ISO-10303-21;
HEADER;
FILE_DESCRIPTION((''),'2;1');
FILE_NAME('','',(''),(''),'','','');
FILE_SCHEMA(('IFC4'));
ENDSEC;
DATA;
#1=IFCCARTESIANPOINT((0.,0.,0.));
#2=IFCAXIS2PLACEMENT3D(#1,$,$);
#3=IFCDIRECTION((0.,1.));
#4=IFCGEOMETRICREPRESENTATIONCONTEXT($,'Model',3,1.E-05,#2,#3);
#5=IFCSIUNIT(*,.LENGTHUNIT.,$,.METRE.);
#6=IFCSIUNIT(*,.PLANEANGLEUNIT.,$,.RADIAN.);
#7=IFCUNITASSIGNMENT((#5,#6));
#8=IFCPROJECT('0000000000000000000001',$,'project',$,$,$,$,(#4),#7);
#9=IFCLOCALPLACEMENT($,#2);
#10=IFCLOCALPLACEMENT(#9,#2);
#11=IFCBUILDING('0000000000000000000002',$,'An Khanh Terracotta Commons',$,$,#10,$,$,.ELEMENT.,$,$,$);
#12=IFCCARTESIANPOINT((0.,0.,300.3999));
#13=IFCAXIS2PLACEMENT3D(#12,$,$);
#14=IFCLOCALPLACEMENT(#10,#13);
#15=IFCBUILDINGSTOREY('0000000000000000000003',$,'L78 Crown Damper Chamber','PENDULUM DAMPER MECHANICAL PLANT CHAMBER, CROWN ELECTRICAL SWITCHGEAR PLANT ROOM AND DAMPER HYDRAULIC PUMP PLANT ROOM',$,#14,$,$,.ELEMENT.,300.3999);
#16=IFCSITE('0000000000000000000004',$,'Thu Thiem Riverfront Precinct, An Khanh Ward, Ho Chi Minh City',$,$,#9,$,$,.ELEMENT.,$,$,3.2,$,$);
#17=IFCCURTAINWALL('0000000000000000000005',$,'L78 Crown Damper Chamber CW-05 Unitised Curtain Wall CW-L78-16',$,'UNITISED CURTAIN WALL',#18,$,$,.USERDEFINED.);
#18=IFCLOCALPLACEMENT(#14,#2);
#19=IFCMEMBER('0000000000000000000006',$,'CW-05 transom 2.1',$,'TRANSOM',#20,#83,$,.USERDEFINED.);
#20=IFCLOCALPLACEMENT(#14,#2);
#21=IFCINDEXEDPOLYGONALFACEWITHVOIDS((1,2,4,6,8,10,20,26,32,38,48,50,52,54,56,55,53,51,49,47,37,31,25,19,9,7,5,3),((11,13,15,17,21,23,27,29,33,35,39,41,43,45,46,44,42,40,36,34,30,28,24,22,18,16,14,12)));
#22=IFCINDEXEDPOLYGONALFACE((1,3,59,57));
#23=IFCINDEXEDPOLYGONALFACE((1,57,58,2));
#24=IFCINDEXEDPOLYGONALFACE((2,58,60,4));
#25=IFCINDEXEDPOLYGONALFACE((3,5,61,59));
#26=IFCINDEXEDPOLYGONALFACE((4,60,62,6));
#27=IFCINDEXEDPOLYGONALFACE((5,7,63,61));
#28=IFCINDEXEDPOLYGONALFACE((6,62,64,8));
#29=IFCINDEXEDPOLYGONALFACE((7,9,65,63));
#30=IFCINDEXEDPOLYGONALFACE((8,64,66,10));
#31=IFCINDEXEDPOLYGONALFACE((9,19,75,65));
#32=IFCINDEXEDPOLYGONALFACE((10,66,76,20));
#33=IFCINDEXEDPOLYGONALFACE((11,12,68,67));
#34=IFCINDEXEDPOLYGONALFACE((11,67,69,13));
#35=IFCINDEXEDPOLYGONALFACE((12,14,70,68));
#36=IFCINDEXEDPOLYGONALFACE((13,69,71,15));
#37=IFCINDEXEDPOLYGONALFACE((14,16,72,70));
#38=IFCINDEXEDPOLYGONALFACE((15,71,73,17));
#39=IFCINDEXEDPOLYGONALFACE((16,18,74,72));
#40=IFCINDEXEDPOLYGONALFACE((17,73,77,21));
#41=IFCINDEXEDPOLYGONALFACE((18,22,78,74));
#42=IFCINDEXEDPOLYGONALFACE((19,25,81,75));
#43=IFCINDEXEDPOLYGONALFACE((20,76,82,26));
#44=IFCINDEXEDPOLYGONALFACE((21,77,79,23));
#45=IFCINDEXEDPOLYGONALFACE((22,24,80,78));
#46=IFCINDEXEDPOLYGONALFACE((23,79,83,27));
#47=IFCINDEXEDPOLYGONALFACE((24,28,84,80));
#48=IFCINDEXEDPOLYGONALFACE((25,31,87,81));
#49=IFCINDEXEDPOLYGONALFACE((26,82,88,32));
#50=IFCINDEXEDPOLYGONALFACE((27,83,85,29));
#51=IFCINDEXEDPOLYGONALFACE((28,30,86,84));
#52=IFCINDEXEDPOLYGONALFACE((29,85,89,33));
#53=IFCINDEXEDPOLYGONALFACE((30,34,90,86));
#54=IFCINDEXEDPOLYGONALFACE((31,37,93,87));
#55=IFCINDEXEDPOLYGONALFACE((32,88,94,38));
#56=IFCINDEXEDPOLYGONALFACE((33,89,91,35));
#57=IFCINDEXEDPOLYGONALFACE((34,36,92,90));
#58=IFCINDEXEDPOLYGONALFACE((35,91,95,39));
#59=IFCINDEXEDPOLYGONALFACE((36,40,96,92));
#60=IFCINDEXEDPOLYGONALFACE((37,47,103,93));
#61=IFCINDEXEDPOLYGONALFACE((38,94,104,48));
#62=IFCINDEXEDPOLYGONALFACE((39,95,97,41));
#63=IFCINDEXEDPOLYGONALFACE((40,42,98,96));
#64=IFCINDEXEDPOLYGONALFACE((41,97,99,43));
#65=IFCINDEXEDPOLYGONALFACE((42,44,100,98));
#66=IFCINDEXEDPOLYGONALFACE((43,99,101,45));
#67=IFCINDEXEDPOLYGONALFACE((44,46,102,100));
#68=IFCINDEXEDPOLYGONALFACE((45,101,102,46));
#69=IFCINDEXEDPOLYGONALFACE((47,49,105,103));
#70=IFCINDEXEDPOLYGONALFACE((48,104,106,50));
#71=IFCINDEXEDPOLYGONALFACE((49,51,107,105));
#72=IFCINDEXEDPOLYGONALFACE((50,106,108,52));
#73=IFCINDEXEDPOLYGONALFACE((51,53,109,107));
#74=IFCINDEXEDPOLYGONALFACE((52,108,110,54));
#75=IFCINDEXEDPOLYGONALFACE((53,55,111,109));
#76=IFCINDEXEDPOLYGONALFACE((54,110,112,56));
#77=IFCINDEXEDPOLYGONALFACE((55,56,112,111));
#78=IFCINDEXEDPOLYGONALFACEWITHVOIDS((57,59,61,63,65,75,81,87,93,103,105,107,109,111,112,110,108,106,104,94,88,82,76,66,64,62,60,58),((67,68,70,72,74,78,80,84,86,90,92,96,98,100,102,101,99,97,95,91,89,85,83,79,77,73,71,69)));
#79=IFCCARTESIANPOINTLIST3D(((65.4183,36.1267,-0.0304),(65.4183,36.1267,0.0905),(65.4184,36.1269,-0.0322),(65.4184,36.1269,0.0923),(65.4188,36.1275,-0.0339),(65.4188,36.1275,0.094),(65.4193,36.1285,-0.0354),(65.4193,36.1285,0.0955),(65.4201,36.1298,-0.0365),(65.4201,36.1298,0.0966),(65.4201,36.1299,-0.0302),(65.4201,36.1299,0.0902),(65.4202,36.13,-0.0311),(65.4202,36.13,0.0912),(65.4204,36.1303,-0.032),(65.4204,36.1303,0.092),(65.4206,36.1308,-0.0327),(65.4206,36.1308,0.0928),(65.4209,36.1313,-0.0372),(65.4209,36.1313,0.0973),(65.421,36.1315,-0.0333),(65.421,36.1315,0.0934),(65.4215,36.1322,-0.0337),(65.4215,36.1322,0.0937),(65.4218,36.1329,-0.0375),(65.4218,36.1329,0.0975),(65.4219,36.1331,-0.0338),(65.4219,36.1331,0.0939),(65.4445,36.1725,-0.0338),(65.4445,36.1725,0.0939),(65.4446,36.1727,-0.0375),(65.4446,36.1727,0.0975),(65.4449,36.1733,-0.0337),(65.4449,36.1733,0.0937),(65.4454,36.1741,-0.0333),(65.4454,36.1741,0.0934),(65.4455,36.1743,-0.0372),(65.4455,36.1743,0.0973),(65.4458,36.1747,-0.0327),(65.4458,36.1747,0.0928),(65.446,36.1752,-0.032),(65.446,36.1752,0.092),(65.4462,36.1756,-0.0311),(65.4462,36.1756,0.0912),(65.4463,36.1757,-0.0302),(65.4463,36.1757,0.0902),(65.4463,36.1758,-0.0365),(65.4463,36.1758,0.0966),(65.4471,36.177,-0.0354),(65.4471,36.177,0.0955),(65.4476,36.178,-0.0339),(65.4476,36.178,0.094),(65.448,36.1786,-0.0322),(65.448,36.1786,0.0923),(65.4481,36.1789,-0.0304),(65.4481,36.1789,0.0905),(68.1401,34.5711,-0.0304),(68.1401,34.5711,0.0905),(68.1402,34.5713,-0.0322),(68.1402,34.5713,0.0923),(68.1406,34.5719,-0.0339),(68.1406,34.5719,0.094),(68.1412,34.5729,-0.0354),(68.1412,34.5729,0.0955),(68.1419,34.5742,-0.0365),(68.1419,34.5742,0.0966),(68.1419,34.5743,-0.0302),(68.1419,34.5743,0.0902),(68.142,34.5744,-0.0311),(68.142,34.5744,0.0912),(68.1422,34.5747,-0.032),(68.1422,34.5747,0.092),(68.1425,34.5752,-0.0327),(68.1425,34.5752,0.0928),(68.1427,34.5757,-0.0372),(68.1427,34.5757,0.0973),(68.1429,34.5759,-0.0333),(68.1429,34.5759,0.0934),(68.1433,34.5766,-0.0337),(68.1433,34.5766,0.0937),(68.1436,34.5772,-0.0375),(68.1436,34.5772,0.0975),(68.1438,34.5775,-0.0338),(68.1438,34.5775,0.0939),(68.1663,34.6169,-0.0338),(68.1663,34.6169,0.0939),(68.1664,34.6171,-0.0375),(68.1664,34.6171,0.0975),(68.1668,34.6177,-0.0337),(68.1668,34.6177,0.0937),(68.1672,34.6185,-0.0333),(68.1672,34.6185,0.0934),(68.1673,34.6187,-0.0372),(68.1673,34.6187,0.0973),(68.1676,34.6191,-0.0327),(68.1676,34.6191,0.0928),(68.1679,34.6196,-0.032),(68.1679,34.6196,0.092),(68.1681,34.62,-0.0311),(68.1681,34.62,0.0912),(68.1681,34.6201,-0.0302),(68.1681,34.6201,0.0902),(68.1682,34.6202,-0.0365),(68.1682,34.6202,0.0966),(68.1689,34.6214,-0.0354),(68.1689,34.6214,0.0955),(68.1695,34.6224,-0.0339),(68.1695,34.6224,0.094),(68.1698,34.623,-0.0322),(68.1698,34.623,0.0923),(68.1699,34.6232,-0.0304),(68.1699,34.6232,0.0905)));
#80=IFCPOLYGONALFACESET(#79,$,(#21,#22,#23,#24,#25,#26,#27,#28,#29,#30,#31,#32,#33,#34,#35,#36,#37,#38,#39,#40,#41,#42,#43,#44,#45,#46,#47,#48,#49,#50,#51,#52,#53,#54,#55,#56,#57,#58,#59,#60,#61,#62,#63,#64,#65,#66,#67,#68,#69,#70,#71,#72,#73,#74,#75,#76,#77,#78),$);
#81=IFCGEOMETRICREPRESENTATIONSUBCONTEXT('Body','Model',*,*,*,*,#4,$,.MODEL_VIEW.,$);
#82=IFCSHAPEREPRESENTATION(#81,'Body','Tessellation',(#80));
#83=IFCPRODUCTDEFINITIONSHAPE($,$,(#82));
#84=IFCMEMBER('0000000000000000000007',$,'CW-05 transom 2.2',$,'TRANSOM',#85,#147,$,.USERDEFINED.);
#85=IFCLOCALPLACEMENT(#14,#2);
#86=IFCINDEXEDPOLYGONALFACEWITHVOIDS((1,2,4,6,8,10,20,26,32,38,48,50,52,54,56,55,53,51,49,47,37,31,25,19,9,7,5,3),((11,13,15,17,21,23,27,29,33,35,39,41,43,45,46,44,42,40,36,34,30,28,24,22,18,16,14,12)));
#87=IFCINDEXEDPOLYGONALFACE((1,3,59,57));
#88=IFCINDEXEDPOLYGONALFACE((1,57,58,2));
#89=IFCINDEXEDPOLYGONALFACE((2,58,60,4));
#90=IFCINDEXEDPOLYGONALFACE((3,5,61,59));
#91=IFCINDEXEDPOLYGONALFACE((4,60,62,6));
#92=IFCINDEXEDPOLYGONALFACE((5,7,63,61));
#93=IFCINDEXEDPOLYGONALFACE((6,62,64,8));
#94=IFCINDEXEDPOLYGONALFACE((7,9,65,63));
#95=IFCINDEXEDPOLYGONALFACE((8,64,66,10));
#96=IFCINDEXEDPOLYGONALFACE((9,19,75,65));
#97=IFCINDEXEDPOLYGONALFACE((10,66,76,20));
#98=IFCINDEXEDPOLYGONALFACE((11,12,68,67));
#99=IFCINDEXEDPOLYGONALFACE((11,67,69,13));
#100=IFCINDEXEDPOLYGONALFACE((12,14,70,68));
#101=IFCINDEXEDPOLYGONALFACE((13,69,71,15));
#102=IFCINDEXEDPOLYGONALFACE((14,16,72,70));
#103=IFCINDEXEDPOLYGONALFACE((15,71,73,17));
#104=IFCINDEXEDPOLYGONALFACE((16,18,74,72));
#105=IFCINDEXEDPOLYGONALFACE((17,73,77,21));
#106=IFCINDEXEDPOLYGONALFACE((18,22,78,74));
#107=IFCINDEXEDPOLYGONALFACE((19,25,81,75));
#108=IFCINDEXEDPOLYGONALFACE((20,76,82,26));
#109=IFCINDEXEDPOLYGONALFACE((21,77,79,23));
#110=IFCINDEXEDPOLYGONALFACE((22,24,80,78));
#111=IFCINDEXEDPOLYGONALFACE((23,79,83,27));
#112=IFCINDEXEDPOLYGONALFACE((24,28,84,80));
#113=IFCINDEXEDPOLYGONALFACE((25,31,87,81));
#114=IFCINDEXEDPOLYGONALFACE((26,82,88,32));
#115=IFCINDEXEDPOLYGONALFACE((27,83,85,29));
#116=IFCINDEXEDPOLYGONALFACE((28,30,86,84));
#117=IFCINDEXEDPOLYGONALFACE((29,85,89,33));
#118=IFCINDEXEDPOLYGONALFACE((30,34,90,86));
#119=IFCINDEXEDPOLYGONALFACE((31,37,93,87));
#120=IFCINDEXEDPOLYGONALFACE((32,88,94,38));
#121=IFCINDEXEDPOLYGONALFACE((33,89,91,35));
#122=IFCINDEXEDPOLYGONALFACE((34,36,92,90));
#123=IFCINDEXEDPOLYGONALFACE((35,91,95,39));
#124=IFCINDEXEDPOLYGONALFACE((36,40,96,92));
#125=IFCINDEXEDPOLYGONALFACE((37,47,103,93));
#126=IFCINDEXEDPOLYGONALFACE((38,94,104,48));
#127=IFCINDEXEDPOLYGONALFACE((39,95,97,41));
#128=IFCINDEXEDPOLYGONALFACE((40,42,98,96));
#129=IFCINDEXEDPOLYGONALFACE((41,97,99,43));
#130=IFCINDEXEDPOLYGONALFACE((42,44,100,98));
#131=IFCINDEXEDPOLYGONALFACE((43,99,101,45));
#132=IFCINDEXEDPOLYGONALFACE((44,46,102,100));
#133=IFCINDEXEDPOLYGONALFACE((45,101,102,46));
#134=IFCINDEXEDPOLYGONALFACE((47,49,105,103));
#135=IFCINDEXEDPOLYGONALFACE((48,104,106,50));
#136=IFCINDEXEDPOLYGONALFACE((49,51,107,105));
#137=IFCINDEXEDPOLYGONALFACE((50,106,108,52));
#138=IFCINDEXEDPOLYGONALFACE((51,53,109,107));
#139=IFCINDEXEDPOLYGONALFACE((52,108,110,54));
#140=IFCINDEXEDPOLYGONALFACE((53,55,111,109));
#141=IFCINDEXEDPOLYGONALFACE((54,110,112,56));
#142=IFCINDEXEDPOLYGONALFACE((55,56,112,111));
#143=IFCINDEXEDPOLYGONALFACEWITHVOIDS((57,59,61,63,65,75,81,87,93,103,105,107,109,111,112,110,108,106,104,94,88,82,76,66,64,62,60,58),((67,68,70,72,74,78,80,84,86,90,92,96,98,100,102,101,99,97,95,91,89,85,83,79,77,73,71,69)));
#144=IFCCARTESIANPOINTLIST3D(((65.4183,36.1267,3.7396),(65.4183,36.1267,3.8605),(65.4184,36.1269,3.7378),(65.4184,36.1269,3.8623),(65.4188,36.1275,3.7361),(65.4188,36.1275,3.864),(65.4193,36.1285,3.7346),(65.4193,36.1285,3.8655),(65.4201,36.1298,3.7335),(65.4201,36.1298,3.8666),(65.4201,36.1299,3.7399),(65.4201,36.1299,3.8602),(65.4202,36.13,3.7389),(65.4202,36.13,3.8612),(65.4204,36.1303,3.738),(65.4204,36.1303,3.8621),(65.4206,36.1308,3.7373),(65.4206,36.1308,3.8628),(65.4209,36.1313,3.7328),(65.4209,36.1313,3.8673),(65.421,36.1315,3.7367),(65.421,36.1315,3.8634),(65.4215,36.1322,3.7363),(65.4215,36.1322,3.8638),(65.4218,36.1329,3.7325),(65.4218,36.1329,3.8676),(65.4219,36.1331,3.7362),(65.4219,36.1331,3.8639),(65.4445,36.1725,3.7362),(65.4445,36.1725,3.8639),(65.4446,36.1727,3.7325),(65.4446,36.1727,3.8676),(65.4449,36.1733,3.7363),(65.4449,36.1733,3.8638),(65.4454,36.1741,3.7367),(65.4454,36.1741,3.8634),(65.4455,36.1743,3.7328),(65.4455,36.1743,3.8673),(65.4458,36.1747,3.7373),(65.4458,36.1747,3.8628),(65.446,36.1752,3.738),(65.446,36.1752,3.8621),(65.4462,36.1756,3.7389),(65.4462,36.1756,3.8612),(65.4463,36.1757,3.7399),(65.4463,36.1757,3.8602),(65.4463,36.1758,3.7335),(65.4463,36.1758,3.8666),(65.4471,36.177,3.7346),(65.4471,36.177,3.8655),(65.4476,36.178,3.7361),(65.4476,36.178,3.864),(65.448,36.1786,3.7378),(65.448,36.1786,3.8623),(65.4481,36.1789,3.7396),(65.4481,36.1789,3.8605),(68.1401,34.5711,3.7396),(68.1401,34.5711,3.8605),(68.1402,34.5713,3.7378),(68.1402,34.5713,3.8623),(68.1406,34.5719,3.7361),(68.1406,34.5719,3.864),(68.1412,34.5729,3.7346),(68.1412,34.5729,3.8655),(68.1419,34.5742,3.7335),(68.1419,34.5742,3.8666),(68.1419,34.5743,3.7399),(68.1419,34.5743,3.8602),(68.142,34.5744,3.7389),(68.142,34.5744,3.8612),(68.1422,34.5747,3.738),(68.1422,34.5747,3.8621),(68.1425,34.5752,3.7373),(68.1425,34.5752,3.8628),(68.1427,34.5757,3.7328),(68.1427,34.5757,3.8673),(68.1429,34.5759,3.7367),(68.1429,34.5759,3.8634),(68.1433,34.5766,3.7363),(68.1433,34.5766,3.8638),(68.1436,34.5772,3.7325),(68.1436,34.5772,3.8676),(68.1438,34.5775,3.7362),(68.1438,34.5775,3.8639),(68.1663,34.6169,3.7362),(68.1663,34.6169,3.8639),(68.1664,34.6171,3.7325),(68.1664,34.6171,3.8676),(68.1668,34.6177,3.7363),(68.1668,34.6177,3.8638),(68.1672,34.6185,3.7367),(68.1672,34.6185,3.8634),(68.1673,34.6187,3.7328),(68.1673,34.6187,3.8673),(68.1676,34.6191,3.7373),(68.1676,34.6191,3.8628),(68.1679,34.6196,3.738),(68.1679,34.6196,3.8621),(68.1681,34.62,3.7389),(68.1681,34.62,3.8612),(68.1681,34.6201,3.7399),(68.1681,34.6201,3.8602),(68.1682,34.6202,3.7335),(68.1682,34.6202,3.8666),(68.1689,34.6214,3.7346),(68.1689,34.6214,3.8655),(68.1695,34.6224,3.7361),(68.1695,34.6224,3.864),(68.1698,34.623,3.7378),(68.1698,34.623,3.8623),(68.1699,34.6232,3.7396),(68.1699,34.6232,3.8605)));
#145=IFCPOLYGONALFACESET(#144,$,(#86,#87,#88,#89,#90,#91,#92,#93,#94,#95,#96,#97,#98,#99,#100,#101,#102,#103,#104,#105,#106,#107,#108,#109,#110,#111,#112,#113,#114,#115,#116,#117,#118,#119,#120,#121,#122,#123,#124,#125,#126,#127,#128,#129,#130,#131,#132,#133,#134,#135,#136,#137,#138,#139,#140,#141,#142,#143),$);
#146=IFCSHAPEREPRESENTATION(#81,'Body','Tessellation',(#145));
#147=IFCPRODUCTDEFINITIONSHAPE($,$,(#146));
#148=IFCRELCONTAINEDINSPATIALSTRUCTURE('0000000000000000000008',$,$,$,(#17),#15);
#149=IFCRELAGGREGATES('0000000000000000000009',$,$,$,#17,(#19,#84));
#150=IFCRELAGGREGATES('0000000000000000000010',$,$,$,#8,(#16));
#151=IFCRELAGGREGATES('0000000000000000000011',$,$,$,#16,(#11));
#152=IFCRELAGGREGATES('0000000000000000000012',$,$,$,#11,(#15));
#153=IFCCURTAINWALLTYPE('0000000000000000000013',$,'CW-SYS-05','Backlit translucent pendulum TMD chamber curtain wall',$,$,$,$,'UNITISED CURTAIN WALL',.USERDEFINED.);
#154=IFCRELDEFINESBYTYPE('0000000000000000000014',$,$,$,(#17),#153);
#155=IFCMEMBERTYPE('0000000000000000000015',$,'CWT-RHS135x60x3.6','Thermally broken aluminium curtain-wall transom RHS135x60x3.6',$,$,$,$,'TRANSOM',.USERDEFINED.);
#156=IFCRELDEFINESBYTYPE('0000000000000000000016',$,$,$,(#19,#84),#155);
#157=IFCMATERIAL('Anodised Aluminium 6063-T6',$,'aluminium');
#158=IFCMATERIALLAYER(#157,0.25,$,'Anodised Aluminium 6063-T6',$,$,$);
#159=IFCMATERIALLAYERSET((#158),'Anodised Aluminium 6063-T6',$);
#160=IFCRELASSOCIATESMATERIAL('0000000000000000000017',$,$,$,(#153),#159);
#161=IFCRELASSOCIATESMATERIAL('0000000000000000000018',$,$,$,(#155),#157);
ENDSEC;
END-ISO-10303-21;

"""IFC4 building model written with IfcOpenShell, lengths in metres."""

from ifc_helpers import new_model, si_unit, direction, frame, origin, origin_2d, place, context, subcontext, project, spatial, hollow_rectangle, extrude, material, layer, layer_set, material_profile, profile_set, type_object, element, aggregate, save


model = new_model("IFC4")

# Units and contexts
model_context = context("Model", 3, precision=1e-05, world=origin(), true_north=direction((0.0, 1.0)))
body_context = subcontext(model_context, "Body", "Model", "MODEL_VIEW")
ifc_project = project(units=[si_unit("LENGTHUNIT", "METRE"), si_unit("PLANEANGLEUNIT", "RADIAN")], contexts=[model_context])

# Site, building, storey
site_placement = place(None, origin())
site = spatial("IfcSite", under=ifc_project, at=site_placement, Name="Thu Thiem Riverfront Precinct, An Khanh Ward, Ho Chi Minh City", CompositionType="ELEMENT", RefElevation=3.2)
building_placement = place(site_placement, origin())
building = spatial("IfcBuilding", under=site, at=building_placement, Name="An Khanh Terracotta Commons", CompositionType="ELEMENT")
storey_placement = place(building_placement, frame((0.0, 0.0, 300.3999)))
storey = spatial("IfcBuildingStorey", under=building, at=storey_placement, Name="L78 Crown Damper Chamber", Description="PENDULUM DAMPER MECHANICAL PLANT CHAMBER, CROWN ELECTRICAL SWITCHGEAR PLANT ROOM AND DAMPER HYDRAULIC PUMP PLANT ROOM", CompositionType="ELEMENT", Elevation=300.3999)

# Curtain wall
ifc_material_1 = material(Name="Anodised Aluminium 6063-T6", Category="aluminium")
ifc_layer_1 = layer(ifc_material_1, 0.25, Name="Anodised Aluminium 6063-T6")
ifc_layer_set_1 = layer_set([ifc_layer_1], Name="Anodised Aluminium 6063-T6")
curtain_wall_type = type_object("IfcCurtainWallType", Name="CW-SYS-05", Description="Backlit translucent pendulum TMD chamber curtain wall", ElementType="UNITISED CURTAIN WALL", PredefinedType="USERDEFINED", material=ifc_layer_set_1)
curtain_wall_1_placement = place(storey_placement, origin())
curtain_wall_1 = element("IfcCurtainWall", 1, at=curtain_wall_1_placement, inside=storey, type_object=curtain_wall_type, Name="L78 Crown Damper Chamber CW-05 Unitised Curtain Wall CW-L78-16", ObjectType="UNITISED CURTAIN WALL", PredefinedType="USERDEFINED")

# Members
ifc_material_profile_1 = material_profile(ifc_material_1, hollow_rectangle(XDim=0.0601, YDim=0.135, WallThickness=0.0037, InnerFilletRadius=0.0037, OuterFilletRadius=0.0071, at=origin_2d()), Name="RHS135x60x3.6")
ifc_profile_set_1 = profile_set([ifc_material_profile_1], Name="Anodised Aluminium 6063-T6")
member_type_1 = type_object("IfcMemberType", Name="CWT-RHS135x60x3.6", Description="Thermally broken aluminium curtain-wall transom RHS135x60x3.6", ElementType="TRANSOM", PredefinedType="USERDEFINED", material=ifc_profile_set_1)
member_1_placement = place(storey_placement, frame((68.155, 34.5972, 0.03), z_axis=(-0.868205, 0.496206, 0.0), x_axis=(-0.496206, -0.868205, 0.0)))
member_1 = element("IfcMember", 2, at=member_1_placement, type_object=member_type_1, Name="CW-05 transom 2.1", ObjectType="TRANSOM", PredefinedType="USERDEFINED", context=body_context, shape_type="SweptSolid", body=[
    extrude(hollow_rectangle(XDim=0.0601, YDim=0.135, WallThickness=0.0037, InnerFilletRadius=0.0037, OuterFilletRadius=0.0071, at=origin_2d()), origin(), (0.0, 0.0, 1.0), 3.135),
])
member_2_placement = place(storey_placement, frame((68.155, 34.5972, 3.8), z_axis=(-0.868205, 0.496206, 0.0), x_axis=(-0.496206, -0.868205, 0.0)))
member_2 = element("IfcMember", 3, at=member_2_placement, type_object=member_type_1, Name="CW-05 transom 2.2", ObjectType="TRANSOM", PredefinedType="USERDEFINED", context=body_context, shape_type="SweptSolid", body=[
    extrude(hollow_rectangle(XDim=0.0601, YDim=0.135, WallThickness=0.0037, InnerFilletRadius=0.0037, OuterFilletRadius=0.0071, at=origin_2d()), origin(), (0.0, 0.0, 1.0), 3.135),
])

aggregate(curtain_wall_1, [member_1, member_2])

save(model, "model.ifc")
